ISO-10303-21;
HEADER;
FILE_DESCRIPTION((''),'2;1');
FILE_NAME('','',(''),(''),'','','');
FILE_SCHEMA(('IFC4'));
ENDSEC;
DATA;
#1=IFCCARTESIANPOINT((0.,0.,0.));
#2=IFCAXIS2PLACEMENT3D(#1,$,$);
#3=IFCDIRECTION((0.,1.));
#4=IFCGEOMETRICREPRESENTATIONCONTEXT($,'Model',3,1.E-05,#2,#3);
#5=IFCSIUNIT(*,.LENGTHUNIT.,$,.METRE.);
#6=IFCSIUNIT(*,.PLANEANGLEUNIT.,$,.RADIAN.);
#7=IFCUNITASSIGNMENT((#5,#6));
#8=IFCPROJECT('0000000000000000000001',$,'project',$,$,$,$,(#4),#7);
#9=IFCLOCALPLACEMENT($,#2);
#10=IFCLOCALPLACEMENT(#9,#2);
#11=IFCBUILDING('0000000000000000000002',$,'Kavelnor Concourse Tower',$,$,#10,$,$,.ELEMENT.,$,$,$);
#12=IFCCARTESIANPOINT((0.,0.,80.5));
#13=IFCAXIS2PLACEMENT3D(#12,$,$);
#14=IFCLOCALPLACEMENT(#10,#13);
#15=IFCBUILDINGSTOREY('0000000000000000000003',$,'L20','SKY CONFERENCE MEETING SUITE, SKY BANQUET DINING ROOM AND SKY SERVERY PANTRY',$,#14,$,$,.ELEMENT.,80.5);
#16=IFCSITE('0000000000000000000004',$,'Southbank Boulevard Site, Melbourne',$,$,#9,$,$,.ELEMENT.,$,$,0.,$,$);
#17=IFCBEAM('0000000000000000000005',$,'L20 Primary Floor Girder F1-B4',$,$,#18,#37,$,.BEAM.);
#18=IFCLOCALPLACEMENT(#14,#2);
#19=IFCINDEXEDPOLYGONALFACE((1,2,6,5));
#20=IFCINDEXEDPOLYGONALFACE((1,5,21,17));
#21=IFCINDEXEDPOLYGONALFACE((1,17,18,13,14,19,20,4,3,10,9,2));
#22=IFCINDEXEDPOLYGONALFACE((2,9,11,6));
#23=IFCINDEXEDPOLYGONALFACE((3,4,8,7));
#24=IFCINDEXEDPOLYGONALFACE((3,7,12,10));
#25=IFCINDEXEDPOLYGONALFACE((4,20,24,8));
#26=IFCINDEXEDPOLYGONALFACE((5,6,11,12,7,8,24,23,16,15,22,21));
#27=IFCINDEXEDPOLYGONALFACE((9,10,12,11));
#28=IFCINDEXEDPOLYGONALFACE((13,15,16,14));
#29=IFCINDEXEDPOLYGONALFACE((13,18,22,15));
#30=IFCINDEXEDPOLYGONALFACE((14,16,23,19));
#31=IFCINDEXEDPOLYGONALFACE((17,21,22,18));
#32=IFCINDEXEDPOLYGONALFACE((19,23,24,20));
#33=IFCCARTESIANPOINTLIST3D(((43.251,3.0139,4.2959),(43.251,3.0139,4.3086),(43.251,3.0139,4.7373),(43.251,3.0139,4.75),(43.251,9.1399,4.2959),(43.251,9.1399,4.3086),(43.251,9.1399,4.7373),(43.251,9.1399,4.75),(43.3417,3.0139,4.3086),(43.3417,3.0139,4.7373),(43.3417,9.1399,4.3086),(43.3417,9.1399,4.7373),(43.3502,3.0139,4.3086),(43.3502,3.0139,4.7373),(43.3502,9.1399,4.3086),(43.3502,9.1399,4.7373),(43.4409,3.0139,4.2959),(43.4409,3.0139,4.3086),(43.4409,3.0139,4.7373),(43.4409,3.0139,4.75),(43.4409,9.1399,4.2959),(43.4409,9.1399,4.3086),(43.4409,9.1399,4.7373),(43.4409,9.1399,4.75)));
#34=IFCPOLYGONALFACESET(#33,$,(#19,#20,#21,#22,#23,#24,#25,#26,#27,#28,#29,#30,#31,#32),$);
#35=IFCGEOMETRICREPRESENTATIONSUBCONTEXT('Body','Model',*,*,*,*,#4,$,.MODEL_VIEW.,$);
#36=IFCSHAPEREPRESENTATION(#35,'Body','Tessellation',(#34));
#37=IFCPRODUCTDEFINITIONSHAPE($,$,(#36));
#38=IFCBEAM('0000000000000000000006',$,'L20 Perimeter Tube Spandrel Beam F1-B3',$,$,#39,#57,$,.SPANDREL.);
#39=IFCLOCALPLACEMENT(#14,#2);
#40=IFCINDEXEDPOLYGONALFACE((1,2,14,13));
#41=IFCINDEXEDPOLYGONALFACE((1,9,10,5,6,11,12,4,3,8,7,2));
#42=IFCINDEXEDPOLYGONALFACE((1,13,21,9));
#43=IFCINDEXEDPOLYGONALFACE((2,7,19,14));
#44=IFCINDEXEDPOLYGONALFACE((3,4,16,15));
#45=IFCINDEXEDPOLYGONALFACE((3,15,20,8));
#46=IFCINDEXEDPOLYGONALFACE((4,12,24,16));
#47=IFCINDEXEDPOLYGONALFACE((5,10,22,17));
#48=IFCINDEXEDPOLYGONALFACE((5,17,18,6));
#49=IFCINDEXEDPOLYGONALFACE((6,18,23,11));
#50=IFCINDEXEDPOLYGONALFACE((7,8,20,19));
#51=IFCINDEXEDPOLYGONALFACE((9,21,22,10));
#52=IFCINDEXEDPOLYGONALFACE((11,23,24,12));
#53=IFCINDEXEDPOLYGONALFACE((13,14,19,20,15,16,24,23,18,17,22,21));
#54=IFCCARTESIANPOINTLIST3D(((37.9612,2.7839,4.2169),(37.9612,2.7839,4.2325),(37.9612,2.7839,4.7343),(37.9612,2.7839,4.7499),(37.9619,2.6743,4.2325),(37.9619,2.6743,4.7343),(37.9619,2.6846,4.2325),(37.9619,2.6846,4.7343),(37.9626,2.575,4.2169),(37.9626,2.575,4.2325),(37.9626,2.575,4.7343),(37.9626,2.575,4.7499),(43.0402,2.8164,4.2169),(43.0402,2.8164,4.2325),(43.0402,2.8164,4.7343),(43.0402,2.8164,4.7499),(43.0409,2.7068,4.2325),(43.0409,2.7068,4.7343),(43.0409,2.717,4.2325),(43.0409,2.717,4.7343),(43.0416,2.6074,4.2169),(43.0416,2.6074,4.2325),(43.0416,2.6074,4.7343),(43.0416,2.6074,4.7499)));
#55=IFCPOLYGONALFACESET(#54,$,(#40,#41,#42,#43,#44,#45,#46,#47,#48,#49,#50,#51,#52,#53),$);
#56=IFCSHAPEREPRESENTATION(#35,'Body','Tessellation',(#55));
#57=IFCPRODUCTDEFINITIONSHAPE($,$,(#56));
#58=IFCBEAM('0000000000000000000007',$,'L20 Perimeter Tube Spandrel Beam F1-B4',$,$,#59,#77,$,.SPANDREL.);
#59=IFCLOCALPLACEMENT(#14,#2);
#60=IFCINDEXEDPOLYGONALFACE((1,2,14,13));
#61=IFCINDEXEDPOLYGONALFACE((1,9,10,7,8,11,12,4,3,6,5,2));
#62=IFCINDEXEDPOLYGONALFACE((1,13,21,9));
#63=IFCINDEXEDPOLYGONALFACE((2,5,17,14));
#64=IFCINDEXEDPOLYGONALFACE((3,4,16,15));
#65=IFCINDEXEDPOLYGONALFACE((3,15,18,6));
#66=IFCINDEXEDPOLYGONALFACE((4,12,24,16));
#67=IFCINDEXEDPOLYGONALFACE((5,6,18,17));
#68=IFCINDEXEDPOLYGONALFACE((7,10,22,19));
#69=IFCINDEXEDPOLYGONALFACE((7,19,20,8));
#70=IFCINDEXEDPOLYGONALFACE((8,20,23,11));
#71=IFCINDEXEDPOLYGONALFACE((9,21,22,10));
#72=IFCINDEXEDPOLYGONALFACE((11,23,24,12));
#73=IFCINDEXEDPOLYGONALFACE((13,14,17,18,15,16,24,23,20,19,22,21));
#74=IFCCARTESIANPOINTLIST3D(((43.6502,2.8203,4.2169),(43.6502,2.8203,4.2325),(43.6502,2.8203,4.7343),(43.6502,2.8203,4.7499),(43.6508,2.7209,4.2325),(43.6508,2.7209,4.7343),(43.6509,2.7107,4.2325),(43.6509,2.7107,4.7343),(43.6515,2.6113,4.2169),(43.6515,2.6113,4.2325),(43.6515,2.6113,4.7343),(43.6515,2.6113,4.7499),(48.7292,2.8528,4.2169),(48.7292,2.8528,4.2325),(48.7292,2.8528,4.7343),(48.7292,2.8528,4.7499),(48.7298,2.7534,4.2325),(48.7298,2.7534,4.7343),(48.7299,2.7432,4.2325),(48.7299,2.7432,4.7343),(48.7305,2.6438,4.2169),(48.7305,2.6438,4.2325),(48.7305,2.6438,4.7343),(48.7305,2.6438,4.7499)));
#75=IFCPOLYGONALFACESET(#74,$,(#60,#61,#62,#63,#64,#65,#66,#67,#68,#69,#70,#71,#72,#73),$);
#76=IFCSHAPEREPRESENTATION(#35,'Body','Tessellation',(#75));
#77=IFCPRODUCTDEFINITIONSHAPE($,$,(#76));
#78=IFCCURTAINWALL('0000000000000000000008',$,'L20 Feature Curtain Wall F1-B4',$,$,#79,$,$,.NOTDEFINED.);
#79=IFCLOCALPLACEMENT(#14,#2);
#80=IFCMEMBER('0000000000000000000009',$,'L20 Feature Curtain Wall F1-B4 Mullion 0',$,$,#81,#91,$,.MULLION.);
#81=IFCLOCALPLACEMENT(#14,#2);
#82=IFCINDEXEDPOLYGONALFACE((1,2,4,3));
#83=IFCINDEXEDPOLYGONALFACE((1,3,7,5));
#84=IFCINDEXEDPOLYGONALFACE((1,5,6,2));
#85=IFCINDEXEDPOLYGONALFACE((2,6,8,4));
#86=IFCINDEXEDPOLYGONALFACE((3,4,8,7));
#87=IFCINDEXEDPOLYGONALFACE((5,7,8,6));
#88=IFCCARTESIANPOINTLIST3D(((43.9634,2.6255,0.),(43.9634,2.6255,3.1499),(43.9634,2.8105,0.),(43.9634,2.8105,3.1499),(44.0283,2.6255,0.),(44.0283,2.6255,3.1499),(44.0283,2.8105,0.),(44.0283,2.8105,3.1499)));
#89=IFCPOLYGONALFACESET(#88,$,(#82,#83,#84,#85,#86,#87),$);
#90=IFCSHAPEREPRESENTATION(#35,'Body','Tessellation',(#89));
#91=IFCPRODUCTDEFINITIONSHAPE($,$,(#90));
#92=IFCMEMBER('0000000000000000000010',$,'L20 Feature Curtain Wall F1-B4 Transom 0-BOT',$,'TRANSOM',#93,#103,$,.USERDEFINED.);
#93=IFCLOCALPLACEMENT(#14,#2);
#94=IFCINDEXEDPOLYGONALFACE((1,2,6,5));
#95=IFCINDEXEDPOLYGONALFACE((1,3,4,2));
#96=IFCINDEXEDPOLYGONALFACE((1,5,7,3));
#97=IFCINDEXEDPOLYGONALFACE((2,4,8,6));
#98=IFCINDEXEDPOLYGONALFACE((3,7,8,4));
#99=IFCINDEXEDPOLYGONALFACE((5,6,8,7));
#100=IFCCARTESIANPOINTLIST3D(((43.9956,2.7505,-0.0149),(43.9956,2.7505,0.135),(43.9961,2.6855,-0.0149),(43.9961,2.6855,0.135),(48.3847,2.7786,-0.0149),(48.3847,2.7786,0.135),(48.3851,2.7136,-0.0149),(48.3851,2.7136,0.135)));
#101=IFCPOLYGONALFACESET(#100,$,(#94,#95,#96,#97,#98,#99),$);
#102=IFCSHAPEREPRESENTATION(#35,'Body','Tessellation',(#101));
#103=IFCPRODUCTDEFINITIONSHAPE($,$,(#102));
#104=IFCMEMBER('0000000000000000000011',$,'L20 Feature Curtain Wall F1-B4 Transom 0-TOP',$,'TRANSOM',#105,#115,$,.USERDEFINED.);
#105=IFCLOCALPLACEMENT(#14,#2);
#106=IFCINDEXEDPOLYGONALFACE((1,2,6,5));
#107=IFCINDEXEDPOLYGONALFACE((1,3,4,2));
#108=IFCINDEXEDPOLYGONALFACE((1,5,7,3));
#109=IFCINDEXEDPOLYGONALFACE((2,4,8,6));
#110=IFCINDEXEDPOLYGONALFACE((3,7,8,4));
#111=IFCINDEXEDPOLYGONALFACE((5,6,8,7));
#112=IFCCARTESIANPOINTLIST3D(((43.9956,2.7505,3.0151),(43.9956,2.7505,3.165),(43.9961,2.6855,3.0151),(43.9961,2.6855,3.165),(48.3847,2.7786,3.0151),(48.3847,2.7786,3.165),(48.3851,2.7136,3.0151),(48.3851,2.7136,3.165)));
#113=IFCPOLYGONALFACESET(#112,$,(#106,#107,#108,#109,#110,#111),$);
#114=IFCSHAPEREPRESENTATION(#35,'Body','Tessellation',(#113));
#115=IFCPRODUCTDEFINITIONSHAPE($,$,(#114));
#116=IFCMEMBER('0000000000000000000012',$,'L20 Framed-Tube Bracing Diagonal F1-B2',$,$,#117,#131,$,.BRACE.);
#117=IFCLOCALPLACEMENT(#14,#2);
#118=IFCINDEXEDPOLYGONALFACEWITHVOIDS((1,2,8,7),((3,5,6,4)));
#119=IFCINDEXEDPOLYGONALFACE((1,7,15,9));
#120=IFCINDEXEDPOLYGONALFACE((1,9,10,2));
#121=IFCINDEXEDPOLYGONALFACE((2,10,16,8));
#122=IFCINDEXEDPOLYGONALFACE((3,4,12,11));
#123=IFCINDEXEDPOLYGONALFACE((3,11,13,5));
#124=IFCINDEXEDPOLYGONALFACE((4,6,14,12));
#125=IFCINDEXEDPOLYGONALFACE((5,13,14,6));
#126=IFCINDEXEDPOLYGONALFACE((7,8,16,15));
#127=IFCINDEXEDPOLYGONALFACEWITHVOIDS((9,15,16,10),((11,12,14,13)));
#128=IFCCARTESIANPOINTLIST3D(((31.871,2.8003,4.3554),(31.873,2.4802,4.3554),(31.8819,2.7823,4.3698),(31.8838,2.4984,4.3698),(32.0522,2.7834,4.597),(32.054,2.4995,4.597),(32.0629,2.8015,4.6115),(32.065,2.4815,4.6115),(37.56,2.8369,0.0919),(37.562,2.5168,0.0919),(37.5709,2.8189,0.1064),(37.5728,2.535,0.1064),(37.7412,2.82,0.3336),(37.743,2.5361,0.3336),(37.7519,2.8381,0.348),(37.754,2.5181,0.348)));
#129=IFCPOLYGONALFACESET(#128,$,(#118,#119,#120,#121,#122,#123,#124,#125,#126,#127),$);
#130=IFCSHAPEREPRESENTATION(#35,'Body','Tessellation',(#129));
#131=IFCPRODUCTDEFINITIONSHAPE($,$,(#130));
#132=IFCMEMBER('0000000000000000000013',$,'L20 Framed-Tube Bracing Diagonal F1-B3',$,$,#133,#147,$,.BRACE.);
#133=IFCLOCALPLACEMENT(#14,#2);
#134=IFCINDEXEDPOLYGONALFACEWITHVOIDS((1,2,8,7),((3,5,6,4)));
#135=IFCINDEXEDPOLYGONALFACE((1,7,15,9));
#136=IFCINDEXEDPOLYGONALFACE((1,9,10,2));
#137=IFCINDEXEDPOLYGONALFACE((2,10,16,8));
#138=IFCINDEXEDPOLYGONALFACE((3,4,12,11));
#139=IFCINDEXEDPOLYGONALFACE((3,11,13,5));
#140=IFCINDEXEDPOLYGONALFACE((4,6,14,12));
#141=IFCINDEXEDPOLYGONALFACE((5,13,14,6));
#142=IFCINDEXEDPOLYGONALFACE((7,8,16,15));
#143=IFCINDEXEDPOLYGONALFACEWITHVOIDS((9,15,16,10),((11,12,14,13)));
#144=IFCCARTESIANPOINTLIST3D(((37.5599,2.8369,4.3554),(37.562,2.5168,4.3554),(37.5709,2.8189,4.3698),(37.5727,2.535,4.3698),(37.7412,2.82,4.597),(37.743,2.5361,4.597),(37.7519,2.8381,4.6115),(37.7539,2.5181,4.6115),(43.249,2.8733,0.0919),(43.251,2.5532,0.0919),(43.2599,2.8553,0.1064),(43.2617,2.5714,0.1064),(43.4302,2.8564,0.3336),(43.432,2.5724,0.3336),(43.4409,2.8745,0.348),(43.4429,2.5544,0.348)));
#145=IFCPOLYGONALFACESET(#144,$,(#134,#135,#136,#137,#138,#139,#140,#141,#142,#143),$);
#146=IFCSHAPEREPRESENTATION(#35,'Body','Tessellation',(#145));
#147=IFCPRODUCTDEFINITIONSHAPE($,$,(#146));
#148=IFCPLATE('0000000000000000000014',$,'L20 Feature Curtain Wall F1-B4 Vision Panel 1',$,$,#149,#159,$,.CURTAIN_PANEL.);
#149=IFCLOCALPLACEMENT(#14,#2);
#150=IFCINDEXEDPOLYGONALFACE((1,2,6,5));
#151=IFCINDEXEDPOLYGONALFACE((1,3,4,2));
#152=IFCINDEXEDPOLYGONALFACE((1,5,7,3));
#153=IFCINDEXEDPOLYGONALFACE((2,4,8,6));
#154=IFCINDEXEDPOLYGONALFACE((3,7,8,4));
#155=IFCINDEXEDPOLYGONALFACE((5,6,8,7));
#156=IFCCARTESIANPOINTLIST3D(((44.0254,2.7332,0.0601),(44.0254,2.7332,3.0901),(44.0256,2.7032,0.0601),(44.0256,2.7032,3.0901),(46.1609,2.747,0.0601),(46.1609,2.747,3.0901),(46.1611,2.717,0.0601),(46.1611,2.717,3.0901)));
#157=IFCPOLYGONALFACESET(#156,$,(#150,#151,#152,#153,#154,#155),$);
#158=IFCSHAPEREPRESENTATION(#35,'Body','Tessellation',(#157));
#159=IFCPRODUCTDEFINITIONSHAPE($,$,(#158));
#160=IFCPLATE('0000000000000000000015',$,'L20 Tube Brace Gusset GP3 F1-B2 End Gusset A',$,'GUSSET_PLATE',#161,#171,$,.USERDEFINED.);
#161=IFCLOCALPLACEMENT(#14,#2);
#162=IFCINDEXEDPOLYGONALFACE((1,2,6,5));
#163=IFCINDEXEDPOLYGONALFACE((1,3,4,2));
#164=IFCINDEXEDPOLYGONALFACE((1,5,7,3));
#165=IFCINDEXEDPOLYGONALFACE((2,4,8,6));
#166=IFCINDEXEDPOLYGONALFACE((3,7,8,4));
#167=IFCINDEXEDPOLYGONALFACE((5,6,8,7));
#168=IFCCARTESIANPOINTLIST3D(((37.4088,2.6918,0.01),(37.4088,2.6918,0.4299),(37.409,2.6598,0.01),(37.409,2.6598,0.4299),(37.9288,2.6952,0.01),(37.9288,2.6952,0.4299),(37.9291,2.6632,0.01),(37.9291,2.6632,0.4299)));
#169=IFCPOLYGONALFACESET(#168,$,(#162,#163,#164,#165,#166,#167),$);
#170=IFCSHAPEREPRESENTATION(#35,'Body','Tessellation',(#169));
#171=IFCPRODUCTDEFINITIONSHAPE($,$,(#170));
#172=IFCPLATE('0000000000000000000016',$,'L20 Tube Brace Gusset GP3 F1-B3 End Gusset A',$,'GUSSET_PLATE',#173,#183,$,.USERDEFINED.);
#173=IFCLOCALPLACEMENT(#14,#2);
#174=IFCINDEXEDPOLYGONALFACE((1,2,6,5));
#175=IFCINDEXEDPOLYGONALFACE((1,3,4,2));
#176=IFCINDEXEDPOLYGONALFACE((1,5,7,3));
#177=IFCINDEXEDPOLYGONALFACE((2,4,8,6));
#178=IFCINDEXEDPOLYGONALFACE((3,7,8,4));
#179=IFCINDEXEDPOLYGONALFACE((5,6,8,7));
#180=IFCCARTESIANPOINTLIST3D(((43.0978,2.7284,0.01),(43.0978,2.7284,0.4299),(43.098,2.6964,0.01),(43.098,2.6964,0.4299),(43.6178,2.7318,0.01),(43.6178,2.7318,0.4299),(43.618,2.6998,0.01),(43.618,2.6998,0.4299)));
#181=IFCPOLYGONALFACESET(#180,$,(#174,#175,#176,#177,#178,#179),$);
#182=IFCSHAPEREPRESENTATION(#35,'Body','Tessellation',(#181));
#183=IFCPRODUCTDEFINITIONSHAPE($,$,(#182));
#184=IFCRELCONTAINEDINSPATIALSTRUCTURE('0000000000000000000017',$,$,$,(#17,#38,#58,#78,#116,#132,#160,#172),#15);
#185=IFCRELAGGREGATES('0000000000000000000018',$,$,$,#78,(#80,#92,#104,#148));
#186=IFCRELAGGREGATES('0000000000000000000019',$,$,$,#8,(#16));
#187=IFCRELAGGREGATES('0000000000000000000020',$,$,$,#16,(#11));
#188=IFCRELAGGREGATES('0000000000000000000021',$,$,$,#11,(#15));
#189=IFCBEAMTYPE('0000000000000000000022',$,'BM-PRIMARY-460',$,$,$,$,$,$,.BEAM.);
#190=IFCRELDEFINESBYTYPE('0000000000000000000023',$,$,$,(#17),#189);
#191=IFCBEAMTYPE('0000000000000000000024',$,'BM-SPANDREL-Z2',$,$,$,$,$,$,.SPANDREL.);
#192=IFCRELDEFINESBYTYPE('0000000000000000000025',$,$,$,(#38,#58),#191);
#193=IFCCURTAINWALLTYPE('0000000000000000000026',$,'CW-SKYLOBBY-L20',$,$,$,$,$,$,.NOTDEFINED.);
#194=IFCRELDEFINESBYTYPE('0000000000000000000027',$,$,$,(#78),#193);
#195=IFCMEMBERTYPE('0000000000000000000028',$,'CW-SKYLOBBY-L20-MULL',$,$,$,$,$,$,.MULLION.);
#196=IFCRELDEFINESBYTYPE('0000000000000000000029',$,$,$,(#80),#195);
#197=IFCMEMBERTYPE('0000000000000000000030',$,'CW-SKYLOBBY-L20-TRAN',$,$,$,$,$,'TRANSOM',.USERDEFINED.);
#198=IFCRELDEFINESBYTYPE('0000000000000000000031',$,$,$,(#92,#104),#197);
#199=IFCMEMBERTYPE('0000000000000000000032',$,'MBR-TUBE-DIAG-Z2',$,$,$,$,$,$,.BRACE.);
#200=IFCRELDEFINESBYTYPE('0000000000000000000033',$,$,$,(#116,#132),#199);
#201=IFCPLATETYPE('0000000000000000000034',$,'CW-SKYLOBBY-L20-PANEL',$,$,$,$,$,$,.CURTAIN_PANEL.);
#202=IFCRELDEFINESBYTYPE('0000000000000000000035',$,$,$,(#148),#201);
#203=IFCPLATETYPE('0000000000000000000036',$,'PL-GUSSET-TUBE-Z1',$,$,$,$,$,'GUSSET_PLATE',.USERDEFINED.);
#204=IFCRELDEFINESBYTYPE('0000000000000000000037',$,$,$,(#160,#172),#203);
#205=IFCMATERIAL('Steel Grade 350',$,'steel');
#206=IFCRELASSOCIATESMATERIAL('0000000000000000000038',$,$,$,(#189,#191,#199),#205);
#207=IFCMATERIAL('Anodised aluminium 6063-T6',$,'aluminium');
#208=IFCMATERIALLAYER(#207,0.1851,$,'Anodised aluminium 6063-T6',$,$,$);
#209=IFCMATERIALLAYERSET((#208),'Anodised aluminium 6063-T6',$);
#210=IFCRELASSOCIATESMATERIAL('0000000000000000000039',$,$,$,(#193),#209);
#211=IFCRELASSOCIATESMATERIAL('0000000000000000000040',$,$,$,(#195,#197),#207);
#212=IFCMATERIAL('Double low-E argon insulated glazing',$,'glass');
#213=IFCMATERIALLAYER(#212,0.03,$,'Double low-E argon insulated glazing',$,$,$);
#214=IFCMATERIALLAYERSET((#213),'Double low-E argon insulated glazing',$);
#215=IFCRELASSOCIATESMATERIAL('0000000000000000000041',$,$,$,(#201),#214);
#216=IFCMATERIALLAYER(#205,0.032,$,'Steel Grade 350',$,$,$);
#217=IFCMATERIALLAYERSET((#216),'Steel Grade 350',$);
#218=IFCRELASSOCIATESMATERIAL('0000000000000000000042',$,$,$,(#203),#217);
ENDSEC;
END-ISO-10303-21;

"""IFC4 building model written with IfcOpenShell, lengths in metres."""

from ifc_helpers import new_model, si_unit, direction, frame, origin, origin_2d, place, context, subcontext, project, spatial, rectangle, hollow_rectangle, i_section, extrude, material, layer, layer_set, material_profile, profile_set, type_object, element, aggregate, save


model = new_model("IFC4")

# Units and contexts
model_context = context("Model", 3, precision=1e-05, world=origin(), true_north=direction((0.0, 1.0)))
body_context = subcontext(model_context, "Body", "Model", "MODEL_VIEW")
ifc_project = project(units=[si_unit("LENGTHUNIT", "METRE"), si_unit("PLANEANGLEUNIT", "RADIAN")], contexts=[model_context])

# Site, building, storey
site_placement = place(None, origin())
site = spatial("IfcSite", under=ifc_project, at=site_placement, Name="Southbank Boulevard Site, Melbourne", CompositionType="ELEMENT", RefElevation=0.0)
building_placement = place(site_placement, origin())
building = spatial("IfcBuilding", under=site, at=building_placement, Name="Kavelnor Concourse Tower", CompositionType="ELEMENT")
storey_placement = place(building_placement, frame((0.0, 0.0, 80.5)))
storey = spatial("IfcBuildingStorey", under=building, at=storey_placement, Name="L20", Description="SKY CONFERENCE MEETING SUITE, SKY BANQUET DINING ROOM AND SKY SERVERY PANTRY", CompositionType="ELEMENT", Elevation=80.5)

# Shared definitions
ifc_material_1 = material(Name="Steel Grade 350", Category="steel")

# Beams
ifc_material_profile_1 = material_profile(ifc_material_1, i_section(OverallWidth=0.1899, OverallDepth=0.4541, WebThickness=0.0085, FlangeThickness=0.0127, at=origin_2d()), Name="460UB67")
ifc_profile_set_1 = profile_set([ifc_material_profile_1], Name="Steel Grade 350")
beam_type_1 = type_object("IfcBeamType", Name="BM-PRIMARY-460", PredefinedType="BEAM", material=ifc_profile_set_1)
beam_1_placement = place(storey_placement, frame((43.3459, 9.1399, 4.5229), z_axis=(0.0, -1.0, 0.0), x_axis=(1.0, 0.0, 0.0)))
element("IfcBeam", 1, at=beam_1_placement, inside=storey, type_object=beam_type_1, Name="L20 Primary Floor Girder F1-B4", PredefinedType="BEAM", context=body_context, shape_type="SweptSolid", body=[
    extrude(i_section(OverallWidth=0.1899, OverallDepth=0.4541, WebThickness=0.0085, FlangeThickness=0.0127, at=origin_2d()), origin(), (0.0, 0.0, 1.0), 6.126),
])
ifc_material_profile_2 = material_profile(ifc_material_1, i_section(OverallWidth=0.209, OverallDepth=0.533, WebThickness=0.0103, FlangeThickness=0.0156, at=origin_2d()), Name="530UB92")
ifc_profile_set_2 = profile_set([ifc_material_profile_2], Name="Steel Grade 350")
beam_type_2 = type_object("IfcBeamType", Name="BM-SPANDREL-Z2", PredefinedType="SPANDREL", material=ifc_profile_set_2)
for number, where, z_axis, x_axis, name in (
    (2, (37.9619, 2.6794, 4.4834), (0.99998, 0.006393, 0.0), (-0.006393, 0.99998, 0.0), "L20 Perimeter Tube Spandrel Beam F1-B3"),
    (3, (43.6509, 2.7158, 4.4834), (0.99998, 0.006393, 0.0), (-0.006393, 0.99998, 0.0), "L20 Perimeter Tube Spandrel Beam F1-B4"),
):
    element("IfcBeam", number, at=place(storey_placement, frame(where, z_axis=z_axis, x_axis=x_axis)), inside=storey, type_object=beam_type_2, Name=name, PredefinedType="SPANDREL", context=body_context, shape_type="SweptSolid", body=[
        extrude(i_section(OverallWidth=0.209, OverallDepth=0.533, WebThickness=0.0103, FlangeThickness=0.0156, at=origin_2d()), origin(), (0.0, 0.0, 1.0), 5.0791),
    ])

# Curtain wall, members
ifc_material_2 = material(Name="Anodised aluminium 6063-T6", Category="aluminium")
ifc_layer_1 = layer(ifc_material_2, 0.1851, Name="Anodised aluminium 6063-T6")
ifc_layer_set_1 = layer_set([ifc_layer_1], Name="Anodised aluminium 6063-T6")
curtain_wall_type = type_object("IfcCurtainWallType", Name="CW-SKYLOBBY-L20", PredefinedType="NOTDEFINED", material=ifc_layer_set_1)
curtain_wall_placement = place(storey_placement, origin())
curtain_wall = element("IfcCurtainWall", 4, at=curtain_wall_placement, inside=storey, type_object=curtain_wall_type, Name="L20 Feature Curtain Wall F1-B4", PredefinedType="NOTDEFINED")
ifc_material_profile_3 = material_profile(ifc_material_2, rectangle(XDim=0.0649, YDim=0.1851, at=origin_2d()), Name="AL-MULL 65x185")
ifc_profile_set_3 = profile_set([ifc_material_profile_3], Name="Anodised aluminium 6063-T6")
member_type_1 = type_object("IfcMemberType", Name="CW-SKYLOBBY-L20-MULL", PredefinedType="MULLION", material=ifc_profile_set_3)
member_1_placement = place(storey_placement, frame((43.9958, 2.718, 0.0), z_axis=(0.0, 0.0, 1.0), x_axis=(1.0, 0.0, 0.0)))
member_1 = element("IfcMember", 5, at=member_1_placement, type_object=member_type_1, Name="L20 Feature Curtain Wall F1-B4 Mullion 0", PredefinedType="MULLION", context=body_context, shape_type="SweptSolid", body=[
    extrude(rectangle(XDim=0.0649, YDim=0.1851, at=origin_2d()), origin(), (0.0, 0.0, 1.0), 3.1499),
])
ifc_material_profile_4 = material_profile(ifc_material_2, rectangle(XDim=0.0649, YDim=0.1499, at=origin_2d()), Name="AL-TRAN 65x150")
ifc_profile_set_4 = profile_set([ifc_material_profile_4], Name="Anodised aluminium 6063-T6")
member_type_2 = type_object("IfcMemberType", Name="CW-SKYLOBBY-L20-TRAN", ElementType="TRANSOM", PredefinedType="USERDEFINED", material=ifc_profile_set_4)
member_2_placement = place(storey_placement, frame((43.9958, 2.718, 0.0601), z_axis=(0.99998, 0.006397, 0.0), x_axis=(-0.006397, 0.99998, 0.0)))
member_2 = element("IfcMember", 6, at=member_2_placement, type_object=member_type_2, Name="L20 Feature Curtain Wall F1-B4 Transom 0-BOT", ObjectType="TRANSOM", PredefinedType="USERDEFINED", context=body_context, shape_type="SweptSolid", body=[
    extrude(rectangle(XDim=0.0649, YDim=0.1499, at=origin_2d()), origin(), (0.0, 0.0, 1.0), 4.3892),
])
member_3_placement = place(storey_placement, frame((43.9958, 2.718, 3.0901), z_axis=(0.99998, 0.006397, 0.0), x_axis=(-0.006397, 0.99998, 0.0)))
member_3 = element("IfcMember", 7, at=member_3_placement, type_object=member_type_2, Name="L20 Feature Curtain Wall F1-B4 Transom 0-TOP", ObjectType="TRANSOM", PredefinedType="USERDEFINED", context=body_context, shape_type="SweptSolid", body=[
    extrude(rectangle(XDim=0.0649, YDim=0.1499, at=origin_2d()), origin(), (0.0, 0.0, 1.0), 4.3892),
])

# Members
ifc_material_profile_5 = material_profile(ifc_material_1, hollow_rectangle(XDim=0.3201, YDim=0.3201, WallThickness=0.0181, at=origin_2d()), Name="SHS 320x320x18")
ifc_profile_set_5 = profile_set([ifc_material_profile_5], Name="Steel Grade 350")
member_type_3 = type_object("IfcMemberType", Name="MBR-TUBE-DIAG-Z2", PredefinedType="BRACE", material=ifc_profile_set_5)
for number, where, z_axis, x_axis, name in (
    (8, (37.657, 2.6775, 0.22), (-0.800212, -0.005151, 0.599695), (0.006437, -0.999979, 0.0), "L20 Framed-Tube Bracing Diagonal F1-B2"),
    (9, (43.3459, 2.7139, 0.22), (-0.800212, -0.005117, 0.599695), (0.006394, -0.99998, 0.0), "L20 Framed-Tube Bracing Diagonal F1-B3"),
):
    element("IfcMember", number, at=place(storey_placement, frame(where, z_axis=z_axis, x_axis=x_axis)), inside=storey, type_object=member_type_3, Name=name, PredefinedType="BRACE", context=body_context, shape_type="SweptSolid", body=[
        extrude(hollow_rectangle(XDim=0.3201, YDim=0.3201, WallThickness=0.0181, at=origin_2d()), origin(), (0.0, 0.0, 1.0), 7.1094),
    ])

# Plate
ifc_material_3 = material(Name="Double low-E argon insulated glazing", Category="glass")
ifc_layer_2 = layer(ifc_material_3, 0.03, Name="Double low-E argon insulated glazing")
ifc_layer_set_2 = layer_set([ifc_layer_2], Name="Double low-E argon insulated glazing")
plate_type_1 = type_object("IfcPlateType", Name="CW-SKYLOBBY-L20-PANEL", PredefinedType="CURTAIN_PANEL", material=ifc_layer_set_2)
plate_placement = place(storey_placement, frame((45.0933, 2.7251, 0.0601), z_axis=(0.0, 0.0, 1.0), x_axis=(0.999979, 0.006458, 0.0)))
plate = element("IfcPlate", 10, at=plate_placement, type_object=plate_type_1, Name="L20 Feature Curtain Wall F1-B4 Vision Panel 1", PredefinedType="CURTAIN_PANEL", context=body_context, shape_type="SweptSolid", body=[
    extrude(rectangle(XDim=2.1355, YDim=0.03, at=origin_2d()), origin(), (0.0, 0.0, 1.0), 3.03),
])
aggregate(curtain_wall, [member_1, member_2, member_3, plate])

# Plates
ifc_layer_3 = layer(ifc_material_1, 0.032, Name="Steel Grade 350")
ifc_layer_set_3 = layer_set([ifc_layer_3], Name="Steel Grade 350")
plate_type_2 = type_object("IfcPlateType", Name="PL-GUSSET-TUBE-Z1", ElementType="GUSSET_PLATE", PredefinedType="USERDEFINED", material=ifc_layer_set_3)
for number, where, z_axis, x_axis, name in (
    (11, (37.6689, 2.6775, 0.01), (0.0, 0.0, 1.0), (-0.999979, -0.006458, 0.0), "L20 Tube Brace Gusset GP3 F1-B2 End Gusset A"),
    (12, (43.3579, 2.7141, 0.01), (0.0, 0.0, 1.0), (-0.999979, -0.006458, 0.0), "L20 Tube Brace Gusset GP3 F1-B3 End Gusset A"),
):
    element("IfcPlate", number, at=place(storey_placement, frame(where, z_axis=z_axis, x_axis=x_axis)), inside=storey, type_object=plate_type_2, Name=name, ObjectType="GUSSET_PLATE", PredefinedType="USERDEFINED", context=body_context, shape_type="SweptSolid", body=[
        extrude(rectangle(XDim=0.52, YDim=0.032, at=origin_2d()), origin(), (0.0, 0.0, 1.0), 0.4199),
    ])

save(model, "model.ifc")
